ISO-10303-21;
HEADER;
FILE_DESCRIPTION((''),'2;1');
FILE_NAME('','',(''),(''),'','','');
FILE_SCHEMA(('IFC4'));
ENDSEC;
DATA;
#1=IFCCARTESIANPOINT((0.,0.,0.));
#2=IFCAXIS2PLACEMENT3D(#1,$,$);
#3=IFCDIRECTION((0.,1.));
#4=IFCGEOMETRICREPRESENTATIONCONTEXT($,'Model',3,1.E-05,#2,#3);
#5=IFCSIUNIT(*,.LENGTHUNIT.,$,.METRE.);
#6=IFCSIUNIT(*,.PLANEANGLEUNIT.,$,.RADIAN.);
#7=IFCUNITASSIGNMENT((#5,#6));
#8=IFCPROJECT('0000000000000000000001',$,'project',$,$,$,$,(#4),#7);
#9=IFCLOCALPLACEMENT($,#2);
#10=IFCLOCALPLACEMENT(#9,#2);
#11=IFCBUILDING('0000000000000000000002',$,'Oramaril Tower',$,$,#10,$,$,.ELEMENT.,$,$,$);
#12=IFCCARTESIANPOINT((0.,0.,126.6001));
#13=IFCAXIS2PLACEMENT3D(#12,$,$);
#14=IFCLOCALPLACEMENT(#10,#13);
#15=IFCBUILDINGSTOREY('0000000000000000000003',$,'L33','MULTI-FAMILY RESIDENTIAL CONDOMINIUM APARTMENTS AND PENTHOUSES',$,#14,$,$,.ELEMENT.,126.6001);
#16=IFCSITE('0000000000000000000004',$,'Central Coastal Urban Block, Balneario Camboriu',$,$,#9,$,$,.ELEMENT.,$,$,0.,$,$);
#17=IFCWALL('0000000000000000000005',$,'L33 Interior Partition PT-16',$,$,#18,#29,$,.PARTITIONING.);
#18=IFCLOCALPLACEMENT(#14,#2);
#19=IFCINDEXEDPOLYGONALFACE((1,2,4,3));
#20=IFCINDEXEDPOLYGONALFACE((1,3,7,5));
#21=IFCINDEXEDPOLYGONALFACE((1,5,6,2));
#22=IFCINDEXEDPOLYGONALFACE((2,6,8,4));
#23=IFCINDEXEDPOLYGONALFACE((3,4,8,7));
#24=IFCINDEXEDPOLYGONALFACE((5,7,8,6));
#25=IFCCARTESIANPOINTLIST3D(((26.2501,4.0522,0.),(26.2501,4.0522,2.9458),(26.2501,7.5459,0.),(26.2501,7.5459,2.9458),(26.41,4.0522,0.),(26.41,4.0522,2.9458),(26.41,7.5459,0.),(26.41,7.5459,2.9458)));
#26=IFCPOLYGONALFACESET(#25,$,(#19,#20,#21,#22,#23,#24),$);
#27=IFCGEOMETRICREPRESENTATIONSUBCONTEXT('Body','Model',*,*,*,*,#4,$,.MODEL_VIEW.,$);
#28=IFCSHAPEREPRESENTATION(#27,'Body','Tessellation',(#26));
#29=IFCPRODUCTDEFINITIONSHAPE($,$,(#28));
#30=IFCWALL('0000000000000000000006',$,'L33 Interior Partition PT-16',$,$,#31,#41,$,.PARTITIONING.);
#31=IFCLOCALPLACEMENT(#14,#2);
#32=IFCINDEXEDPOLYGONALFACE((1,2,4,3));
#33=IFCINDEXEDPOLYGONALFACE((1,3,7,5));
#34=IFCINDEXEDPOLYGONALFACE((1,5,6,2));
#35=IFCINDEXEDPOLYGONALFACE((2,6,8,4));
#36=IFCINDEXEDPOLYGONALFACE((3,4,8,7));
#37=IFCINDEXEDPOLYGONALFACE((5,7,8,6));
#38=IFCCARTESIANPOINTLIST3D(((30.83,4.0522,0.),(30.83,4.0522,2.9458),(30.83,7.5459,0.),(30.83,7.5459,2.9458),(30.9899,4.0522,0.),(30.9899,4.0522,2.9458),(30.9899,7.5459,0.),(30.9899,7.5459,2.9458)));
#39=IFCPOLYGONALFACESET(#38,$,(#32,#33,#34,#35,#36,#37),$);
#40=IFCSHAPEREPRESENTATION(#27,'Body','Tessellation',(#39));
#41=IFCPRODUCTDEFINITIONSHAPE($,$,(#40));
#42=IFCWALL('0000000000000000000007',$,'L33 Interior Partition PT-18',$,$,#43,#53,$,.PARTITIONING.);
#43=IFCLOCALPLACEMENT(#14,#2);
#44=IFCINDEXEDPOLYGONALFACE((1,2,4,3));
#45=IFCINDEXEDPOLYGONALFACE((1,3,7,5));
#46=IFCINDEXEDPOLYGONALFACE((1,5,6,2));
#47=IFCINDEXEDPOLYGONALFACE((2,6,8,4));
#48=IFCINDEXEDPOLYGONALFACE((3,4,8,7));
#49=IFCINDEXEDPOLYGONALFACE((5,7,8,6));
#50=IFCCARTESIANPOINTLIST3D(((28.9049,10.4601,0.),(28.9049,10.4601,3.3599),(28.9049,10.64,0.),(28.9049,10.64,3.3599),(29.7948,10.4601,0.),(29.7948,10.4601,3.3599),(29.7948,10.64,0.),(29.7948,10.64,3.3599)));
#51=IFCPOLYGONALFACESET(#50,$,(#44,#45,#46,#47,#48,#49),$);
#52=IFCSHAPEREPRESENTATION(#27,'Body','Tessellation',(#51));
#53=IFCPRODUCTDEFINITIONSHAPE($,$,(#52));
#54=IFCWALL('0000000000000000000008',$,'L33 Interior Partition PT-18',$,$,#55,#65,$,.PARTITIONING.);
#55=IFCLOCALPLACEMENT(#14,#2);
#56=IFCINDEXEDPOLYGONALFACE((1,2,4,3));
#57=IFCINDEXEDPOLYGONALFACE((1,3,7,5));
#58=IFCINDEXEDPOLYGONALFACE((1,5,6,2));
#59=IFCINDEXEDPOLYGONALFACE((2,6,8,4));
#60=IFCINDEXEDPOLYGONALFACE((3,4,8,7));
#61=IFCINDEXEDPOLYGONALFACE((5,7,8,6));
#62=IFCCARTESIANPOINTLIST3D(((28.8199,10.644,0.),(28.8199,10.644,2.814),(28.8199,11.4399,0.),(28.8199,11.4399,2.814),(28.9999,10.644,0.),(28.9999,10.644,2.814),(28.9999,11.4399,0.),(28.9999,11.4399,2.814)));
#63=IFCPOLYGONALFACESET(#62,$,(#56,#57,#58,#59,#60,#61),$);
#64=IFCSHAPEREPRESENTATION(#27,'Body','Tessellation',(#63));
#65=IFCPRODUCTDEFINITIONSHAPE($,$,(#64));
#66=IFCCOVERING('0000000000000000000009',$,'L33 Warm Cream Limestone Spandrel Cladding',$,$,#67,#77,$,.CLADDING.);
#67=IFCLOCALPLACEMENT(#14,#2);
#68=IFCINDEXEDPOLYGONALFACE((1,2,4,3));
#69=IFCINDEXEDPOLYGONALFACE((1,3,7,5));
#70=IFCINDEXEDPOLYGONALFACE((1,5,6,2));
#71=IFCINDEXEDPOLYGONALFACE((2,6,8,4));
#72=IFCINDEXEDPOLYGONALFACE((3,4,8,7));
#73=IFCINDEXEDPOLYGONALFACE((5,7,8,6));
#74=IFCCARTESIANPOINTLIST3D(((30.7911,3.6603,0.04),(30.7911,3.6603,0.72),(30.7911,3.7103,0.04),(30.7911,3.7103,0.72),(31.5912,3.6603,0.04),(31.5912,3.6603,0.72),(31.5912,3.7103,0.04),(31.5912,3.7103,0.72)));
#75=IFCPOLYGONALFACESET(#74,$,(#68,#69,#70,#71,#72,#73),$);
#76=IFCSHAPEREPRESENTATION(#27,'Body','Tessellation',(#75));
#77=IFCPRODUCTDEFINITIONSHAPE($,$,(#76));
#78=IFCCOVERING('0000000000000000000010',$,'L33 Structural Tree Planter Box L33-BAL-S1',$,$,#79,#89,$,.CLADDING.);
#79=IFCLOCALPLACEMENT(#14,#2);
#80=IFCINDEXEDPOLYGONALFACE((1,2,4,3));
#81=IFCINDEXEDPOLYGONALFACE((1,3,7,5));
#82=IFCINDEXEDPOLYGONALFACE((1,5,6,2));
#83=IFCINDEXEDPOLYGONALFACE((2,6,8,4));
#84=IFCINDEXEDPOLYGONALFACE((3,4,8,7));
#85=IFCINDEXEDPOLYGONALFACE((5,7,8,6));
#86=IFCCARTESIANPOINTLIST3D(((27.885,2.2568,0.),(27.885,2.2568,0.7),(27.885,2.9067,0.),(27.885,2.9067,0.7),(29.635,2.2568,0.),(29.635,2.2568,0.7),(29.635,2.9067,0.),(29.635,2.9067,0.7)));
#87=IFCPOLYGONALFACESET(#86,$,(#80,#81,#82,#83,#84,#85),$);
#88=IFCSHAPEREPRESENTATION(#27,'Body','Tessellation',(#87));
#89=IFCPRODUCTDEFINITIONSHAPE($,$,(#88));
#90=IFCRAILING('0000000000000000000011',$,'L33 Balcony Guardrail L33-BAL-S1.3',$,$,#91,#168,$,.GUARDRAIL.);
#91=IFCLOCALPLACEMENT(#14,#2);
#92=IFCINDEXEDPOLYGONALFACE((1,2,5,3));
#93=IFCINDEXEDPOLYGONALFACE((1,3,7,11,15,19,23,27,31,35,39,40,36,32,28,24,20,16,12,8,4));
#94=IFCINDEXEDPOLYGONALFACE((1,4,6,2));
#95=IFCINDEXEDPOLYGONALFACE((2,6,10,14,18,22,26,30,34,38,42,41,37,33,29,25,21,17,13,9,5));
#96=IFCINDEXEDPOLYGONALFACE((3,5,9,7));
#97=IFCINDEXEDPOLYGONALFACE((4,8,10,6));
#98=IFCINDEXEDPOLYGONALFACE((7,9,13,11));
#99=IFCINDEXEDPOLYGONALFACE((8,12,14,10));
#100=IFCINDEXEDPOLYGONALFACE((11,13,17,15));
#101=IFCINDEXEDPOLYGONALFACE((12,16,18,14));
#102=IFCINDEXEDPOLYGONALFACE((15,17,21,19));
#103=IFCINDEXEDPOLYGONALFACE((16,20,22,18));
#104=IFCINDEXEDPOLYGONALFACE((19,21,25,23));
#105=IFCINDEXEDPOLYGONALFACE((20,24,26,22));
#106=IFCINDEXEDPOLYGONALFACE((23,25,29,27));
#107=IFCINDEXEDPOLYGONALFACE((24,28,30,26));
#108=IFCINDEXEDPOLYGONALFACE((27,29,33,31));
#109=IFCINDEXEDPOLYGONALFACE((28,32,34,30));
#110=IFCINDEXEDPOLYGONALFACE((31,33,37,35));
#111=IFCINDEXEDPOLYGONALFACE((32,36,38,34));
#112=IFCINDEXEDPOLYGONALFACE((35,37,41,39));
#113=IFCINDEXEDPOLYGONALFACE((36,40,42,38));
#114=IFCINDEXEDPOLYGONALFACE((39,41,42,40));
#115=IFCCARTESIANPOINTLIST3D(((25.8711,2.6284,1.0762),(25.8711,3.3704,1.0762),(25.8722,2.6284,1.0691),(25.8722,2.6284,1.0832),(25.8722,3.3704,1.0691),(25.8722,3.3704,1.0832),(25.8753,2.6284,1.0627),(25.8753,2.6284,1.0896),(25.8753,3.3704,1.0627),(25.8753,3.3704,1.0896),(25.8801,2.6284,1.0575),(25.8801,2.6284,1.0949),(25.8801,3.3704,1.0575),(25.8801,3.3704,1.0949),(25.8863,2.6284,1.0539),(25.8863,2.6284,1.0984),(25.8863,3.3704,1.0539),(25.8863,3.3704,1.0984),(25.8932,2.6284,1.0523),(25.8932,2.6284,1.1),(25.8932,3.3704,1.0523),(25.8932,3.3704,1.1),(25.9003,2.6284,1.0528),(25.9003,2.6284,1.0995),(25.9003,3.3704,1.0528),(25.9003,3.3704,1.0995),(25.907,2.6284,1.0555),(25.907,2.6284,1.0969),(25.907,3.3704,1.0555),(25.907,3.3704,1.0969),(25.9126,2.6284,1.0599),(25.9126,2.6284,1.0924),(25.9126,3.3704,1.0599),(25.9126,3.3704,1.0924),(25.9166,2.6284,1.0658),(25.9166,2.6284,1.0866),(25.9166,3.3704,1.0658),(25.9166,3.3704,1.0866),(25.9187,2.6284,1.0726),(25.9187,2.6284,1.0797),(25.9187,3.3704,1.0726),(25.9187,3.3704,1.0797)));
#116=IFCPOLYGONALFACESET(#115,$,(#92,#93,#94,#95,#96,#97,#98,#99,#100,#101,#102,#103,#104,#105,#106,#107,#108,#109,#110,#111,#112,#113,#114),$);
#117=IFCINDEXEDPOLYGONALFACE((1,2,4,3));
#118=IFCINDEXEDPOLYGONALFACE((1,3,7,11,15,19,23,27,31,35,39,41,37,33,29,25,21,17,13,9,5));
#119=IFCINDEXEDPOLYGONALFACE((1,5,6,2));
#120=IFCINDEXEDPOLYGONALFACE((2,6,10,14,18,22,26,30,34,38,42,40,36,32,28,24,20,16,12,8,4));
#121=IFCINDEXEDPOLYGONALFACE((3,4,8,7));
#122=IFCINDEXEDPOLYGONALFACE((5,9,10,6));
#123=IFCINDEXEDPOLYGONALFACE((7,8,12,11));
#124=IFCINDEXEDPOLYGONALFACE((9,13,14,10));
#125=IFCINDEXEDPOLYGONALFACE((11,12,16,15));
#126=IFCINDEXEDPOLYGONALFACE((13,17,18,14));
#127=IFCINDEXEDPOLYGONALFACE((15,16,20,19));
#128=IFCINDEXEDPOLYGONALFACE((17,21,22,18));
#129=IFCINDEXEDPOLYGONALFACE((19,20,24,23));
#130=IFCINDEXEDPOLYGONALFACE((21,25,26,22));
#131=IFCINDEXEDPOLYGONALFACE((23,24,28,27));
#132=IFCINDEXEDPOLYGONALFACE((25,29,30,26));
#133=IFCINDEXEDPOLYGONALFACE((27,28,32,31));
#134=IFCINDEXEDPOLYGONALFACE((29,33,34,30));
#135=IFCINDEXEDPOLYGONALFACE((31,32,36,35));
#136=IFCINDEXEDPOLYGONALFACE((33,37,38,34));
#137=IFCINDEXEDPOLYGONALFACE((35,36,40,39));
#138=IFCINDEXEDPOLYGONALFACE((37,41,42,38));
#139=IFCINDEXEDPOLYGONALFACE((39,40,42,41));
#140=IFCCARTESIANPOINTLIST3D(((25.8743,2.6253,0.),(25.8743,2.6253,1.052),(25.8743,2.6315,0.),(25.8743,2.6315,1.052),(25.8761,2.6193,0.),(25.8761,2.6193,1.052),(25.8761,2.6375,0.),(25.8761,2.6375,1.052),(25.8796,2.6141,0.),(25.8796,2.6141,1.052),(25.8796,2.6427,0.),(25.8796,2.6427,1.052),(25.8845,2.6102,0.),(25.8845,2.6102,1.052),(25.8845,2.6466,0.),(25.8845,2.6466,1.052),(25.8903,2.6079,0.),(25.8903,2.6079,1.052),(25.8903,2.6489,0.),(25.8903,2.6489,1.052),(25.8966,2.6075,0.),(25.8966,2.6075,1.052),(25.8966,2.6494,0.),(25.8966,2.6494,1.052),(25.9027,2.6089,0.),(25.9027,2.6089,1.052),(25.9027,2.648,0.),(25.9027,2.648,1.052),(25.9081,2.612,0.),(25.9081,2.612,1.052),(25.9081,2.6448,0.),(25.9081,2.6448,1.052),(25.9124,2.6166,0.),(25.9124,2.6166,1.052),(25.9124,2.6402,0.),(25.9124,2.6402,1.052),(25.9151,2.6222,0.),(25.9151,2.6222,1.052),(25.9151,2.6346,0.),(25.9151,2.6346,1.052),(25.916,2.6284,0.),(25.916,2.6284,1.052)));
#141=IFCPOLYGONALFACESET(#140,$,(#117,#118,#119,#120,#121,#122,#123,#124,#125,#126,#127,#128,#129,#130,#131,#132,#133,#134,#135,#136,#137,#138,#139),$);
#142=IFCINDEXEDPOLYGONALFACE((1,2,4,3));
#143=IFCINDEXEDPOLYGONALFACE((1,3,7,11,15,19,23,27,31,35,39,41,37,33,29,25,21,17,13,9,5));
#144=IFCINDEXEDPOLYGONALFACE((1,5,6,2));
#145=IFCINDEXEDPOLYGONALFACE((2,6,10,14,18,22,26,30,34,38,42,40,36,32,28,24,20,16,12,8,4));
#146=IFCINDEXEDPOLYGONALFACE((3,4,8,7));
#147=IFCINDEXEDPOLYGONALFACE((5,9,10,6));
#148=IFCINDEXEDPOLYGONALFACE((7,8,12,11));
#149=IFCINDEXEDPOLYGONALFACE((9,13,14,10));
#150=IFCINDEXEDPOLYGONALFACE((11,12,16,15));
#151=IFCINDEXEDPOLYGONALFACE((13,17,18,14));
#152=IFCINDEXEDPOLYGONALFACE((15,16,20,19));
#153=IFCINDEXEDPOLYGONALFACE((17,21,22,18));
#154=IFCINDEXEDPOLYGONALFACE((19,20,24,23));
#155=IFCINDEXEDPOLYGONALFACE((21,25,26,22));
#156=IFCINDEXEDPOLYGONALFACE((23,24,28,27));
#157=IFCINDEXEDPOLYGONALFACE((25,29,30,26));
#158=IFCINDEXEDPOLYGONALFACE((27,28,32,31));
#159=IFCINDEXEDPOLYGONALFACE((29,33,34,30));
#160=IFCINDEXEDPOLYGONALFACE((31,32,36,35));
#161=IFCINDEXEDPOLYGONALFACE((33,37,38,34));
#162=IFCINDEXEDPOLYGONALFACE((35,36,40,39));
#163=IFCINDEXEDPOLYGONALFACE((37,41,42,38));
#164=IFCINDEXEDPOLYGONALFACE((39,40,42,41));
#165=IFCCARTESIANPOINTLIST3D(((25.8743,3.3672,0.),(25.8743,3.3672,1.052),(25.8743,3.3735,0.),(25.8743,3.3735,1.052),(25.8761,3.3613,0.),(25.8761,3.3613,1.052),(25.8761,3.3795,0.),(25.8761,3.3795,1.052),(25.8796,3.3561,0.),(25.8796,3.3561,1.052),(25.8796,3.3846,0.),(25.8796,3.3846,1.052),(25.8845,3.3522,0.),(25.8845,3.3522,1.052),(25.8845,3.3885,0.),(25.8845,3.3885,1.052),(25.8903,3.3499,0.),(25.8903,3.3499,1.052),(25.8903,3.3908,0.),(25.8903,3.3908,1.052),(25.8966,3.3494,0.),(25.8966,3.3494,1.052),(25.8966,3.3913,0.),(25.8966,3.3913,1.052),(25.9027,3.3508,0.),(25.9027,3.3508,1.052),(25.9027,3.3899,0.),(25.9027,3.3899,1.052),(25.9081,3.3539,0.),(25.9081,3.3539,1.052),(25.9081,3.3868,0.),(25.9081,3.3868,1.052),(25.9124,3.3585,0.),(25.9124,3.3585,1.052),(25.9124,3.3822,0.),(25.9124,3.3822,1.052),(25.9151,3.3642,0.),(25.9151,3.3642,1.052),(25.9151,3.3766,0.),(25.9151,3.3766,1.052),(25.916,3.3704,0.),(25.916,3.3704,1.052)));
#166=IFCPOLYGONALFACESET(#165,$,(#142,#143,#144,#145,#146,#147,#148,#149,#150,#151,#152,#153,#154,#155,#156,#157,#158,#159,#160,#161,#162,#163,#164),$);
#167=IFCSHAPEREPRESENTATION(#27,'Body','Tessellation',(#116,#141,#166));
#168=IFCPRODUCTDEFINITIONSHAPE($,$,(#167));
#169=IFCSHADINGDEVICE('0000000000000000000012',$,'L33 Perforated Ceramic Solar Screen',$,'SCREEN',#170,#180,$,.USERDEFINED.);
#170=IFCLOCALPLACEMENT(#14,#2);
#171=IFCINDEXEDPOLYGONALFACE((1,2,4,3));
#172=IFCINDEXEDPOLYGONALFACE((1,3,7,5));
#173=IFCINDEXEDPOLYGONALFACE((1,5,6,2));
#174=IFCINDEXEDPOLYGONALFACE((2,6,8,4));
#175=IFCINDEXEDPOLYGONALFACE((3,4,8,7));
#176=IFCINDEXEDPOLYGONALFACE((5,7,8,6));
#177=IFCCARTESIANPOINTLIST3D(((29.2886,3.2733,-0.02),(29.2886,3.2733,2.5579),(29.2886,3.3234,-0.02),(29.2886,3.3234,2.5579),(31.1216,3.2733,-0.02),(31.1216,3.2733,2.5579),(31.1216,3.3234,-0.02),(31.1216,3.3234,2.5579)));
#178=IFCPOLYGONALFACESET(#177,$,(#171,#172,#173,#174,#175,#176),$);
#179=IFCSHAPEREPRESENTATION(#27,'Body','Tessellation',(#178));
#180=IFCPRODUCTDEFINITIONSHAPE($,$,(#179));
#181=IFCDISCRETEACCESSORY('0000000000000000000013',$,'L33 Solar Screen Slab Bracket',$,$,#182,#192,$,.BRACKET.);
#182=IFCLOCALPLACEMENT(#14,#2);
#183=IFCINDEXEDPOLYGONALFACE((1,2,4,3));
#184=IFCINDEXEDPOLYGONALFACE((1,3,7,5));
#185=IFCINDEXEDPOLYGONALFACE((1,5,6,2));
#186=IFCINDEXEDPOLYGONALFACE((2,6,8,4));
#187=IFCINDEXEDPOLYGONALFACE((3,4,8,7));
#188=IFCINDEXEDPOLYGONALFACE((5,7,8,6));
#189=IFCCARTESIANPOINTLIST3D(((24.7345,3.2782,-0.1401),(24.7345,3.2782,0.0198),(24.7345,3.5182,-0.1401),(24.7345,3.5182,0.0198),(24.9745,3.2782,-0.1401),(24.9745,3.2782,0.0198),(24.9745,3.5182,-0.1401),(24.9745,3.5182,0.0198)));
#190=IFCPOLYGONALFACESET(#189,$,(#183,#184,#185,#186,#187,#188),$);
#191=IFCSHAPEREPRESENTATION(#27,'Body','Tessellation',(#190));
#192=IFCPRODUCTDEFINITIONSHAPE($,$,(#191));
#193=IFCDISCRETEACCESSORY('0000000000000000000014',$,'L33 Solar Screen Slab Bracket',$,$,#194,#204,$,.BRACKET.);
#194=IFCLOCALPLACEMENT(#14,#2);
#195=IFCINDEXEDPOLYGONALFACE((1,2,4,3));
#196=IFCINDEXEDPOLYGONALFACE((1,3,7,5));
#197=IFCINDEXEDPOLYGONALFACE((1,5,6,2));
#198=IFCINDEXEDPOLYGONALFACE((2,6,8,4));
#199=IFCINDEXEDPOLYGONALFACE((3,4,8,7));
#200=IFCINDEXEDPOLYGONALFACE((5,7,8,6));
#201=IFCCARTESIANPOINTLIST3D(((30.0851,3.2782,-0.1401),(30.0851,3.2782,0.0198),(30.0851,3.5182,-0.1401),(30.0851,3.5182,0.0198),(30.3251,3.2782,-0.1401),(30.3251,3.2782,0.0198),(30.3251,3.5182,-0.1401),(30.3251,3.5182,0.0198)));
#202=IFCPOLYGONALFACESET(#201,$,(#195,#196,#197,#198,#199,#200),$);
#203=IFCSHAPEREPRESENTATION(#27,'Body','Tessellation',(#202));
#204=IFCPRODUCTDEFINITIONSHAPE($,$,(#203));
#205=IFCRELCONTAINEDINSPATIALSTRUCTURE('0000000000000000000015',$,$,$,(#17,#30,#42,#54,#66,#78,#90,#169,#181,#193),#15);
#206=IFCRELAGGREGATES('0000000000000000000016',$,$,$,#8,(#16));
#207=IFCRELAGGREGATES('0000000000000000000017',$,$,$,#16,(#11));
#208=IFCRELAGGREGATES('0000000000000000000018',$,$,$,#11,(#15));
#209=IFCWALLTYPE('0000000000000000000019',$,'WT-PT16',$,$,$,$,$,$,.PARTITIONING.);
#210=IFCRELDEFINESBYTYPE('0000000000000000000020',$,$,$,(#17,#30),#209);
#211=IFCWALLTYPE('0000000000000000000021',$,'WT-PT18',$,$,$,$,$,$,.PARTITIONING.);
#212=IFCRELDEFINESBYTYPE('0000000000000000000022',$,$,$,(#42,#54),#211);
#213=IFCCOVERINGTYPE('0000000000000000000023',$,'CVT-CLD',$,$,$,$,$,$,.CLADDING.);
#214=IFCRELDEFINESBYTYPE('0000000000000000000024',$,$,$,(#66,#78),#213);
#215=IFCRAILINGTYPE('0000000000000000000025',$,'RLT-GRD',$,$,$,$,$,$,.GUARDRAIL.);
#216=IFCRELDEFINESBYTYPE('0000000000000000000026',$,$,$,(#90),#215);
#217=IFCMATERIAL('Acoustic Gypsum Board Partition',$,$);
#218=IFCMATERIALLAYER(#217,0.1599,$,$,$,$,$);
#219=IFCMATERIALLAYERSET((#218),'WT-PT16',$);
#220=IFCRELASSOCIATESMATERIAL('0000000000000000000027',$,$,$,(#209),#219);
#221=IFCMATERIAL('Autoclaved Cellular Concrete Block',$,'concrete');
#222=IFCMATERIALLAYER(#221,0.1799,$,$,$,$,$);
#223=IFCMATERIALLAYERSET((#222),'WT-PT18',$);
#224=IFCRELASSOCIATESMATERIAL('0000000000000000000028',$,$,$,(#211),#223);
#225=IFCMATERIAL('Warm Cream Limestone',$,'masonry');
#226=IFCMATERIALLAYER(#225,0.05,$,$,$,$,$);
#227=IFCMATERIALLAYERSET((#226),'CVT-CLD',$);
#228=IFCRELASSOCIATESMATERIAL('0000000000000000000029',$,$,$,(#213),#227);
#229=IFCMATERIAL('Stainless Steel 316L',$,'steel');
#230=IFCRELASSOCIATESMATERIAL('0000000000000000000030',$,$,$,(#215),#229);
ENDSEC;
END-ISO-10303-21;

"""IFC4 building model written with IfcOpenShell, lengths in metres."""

from ifc_helpers import new_model, si_unit, direction, frame, frame_2d, origin, origin_2d, place, context, subcontext, project, spatial, rectangle, circle, extrude, material, layer, layer_set, type_object, element, save


model = new_model("IFC4")

# Units and contexts
model_context = context("Model", 3, precision=1e-05, world=origin(), true_north=direction((0.0, 1.0)))
body_context = subcontext(model_context, "Body", "Model", "MODEL_VIEW")
ifc_project = project(units=[si_unit("LENGTHUNIT", "METRE"), si_unit("PLANEANGLEUNIT", "RADIAN")], contexts=[model_context])

# Site, building, storey
site_placement = place(None, origin())
site = spatial("IfcSite", under=ifc_project, at=site_placement, Name="Central Coastal Urban Block, Balneario Camboriu", CompositionType="ELEMENT", RefElevation=0.0)
building_placement = place(site_placement, origin())
building = spatial("IfcBuilding", under=site, at=building_placement, Name="Oramaril Tower", CompositionType="ELEMENT")
storey_placement = place(building_placement, frame((0.0, 0.0, 126.6001)))
storey = spatial("IfcBuildingStorey", under=building, at=storey_placement, Name="L33", Description="MULTI-FAMILY RESIDENTIAL CONDOMINIUM APARTMENTS AND PENTHOUSES", CompositionType="ELEMENT", Elevation=126.6001)

# Walls
ifc_material_1 = material(Name="Acoustic Gypsum Board Partition")
ifc_layer_1 = layer(ifc_material_1, 0.1599)
ifc_layer_set_1 = layer_set([ifc_layer_1], Name="WT-PT16")
wall_type_1 = type_object("IfcWallType", Name="WT-PT16", PredefinedType="PARTITIONING", material=ifc_layer_set_1)
for number, where, z_axis, x_axis, name in (
    (1, (26.3301, 4.0522, 0.0), (0.0, 0.0, 1.0), (0.0, 1.0, 0.0), "L33 Interior Partition PT-16"),
    (2, (30.9099, 4.0522, 0.0), (0.0, 0.0, 1.0), (0.0, 1.0, 0.0), "L33 Interior Partition PT-16"),
):
    element("IfcWall", number, at=place(storey_placement, frame(where, z_axis=z_axis, x_axis=x_axis)), inside=storey, type_object=wall_type_1, Name=name, PredefinedType="PARTITIONING", context=body_context, shape_type="SweptSolid", body=[
        extrude(rectangle(XDim=3.4937, YDim=0.1599, at=frame_2d((1.7468, 0.0))), origin(), (0.0, 0.0, 1.0), 2.9458),
    ])
ifc_material_2 = material(Name="Autoclaved Cellular Concrete Block", Category="concrete")
ifc_layer_2 = layer(ifc_material_2, 0.1799)
ifc_layer_set_2 = layer_set([ifc_layer_2], Name="WT-PT18")
wall_type_2 = type_object("IfcWallType", Name="WT-PT18", PredefinedType="PARTITIONING", material=ifc_layer_set_2)
wall_1_placement = place(storey_placement, frame((28.905, 10.55, 0.0), z_axis=(0.0, 0.0, 1.0), x_axis=(1.0, 0.0, 0.0)))
element("IfcWall", 3, at=wall_1_placement, inside=storey, type_object=wall_type_2, Name="L33 Interior Partition PT-18", PredefinedType="PARTITIONING", context=body_context, shape_type="SweptSolid", body=[
    extrude(rectangle(XDim=0.8899, YDim=0.1799, at=frame_2d((0.4448, 0.0))), origin(), (0.0, 0.0, 1.0), 3.3599),
])
wall_2_placement = place(storey_placement, frame((28.9099, 10.644, 0.0), z_axis=(0.0, 0.0, 1.0), x_axis=(0.0, 1.0, 0.0)))
element("IfcWall", 4, at=wall_2_placement, inside=storey, type_object=wall_type_2, Name="L33 Interior Partition PT-18", PredefinedType="PARTITIONING", context=body_context, shape_type="SweptSolid", body=[
    extrude(rectangle(XDim=0.7959, YDim=0.1799, at=frame_2d((0.3979, 0.0))), origin(), (0.0, 0.0, 1.0), 2.814),
])

# Coverings
ifc_material_3 = material(Name="Warm Cream Limestone", Category="masonry")
ifc_layer_3 = layer(ifc_material_3, 0.05)
ifc_layer_set_3 = layer_set([ifc_layer_3], Name="CVT-CLD")
covering_type = type_object("IfcCoveringType", Name="CVT-CLD", PredefinedType="CLADDING", material=ifc_layer_set_3)
covering_1_placement = place(storey_placement, frame((31.1912, 3.6853, 0.04), z_axis=(0.0, 0.0, 1.0), x_axis=(1.0, 0.0, 0.0)))
element("IfcCovering", 5, at=covering_1_placement, inside=storey, type_object=covering_type, Name="L33 Warm Cream Limestone Spandrel Cladding", PredefinedType="CLADDING", context=body_context, shape_type="SweptSolid", body=[
    extrude(rectangle(XDim=0.8, YDim=0.05, at=origin_2d()), origin(), (0.0, 0.0, 1.0), 0.6799),
])
covering_2_placement = place(storey_placement, frame((28.76, 2.5818, 0.0), z_axis=(0.0, 0.0, 1.0), x_axis=(1.0, 0.0, 0.0)))
element("IfcCovering", 6, at=covering_2_placement, inside=storey, type_object=covering_type, Name="L33 Structural Tree Planter Box L33-BAL-S1", PredefinedType="CLADDING", context=body_context, shape_type="SweptSolid", body=[
    extrude(rectangle(XDim=1.75, YDim=0.6499, at=origin_2d()), origin(), (0.0, 0.0, 1.0), 0.7),
])

# Railing
ifc_material_4 = material(Name="Stainless Steel 316L", Category="steel")
railing_type = type_object("IfcRailingType", Name="RLT-GRD", PredefinedType="GUARDRAIL", material=ifc_material_4)
railing_placement = place(storey_placement, frame((25.895, 2.6284, 0.0)))
element("IfcRailing", 7, at=railing_placement, inside=storey, type_object=railing_type, Name="L33 Balcony Guardrail L33-BAL-S1.3", PredefinedType="GUARDRAIL", context=body_context, shape_type="SweptSolid", body=[
    extrude(circle(Radius=0.0239, at=origin_2d()), frame((0.0, 0.0, 1.0762), z_axis=(0.0, 1.0, 0.0), x_axis=(-1.0, 0.0, 0.0)), (0.0, 0.0, 1.0), 0.7419),
    extrude(circle(Radius=0.021, at=origin_2d()), origin(), (0.0, 0.0, 1.0), 1.052),
    extrude(circle(Radius=0.021, at=origin_2d()), frame((0.0, 0.7419, 0.0)), (0.0, 0.0, 1.0), 1.052),
])

# Shading device
shading_device_placement = place(storey_placement, frame((30.2051, 3.2983, -0.02), z_axis=(0.0, 0.0, 1.0), x_axis=(1.0, 0.0, 0.0)))
element("IfcShadingDevice", 8, at=shading_device_placement, inside=storey, Name="L33 Perforated Ceramic Solar Screen", ObjectType="SCREEN", PredefinedType="USERDEFINED", context=body_context, shape_type="SweptSolid", body=[
    extrude(rectangle(XDim=1.833, YDim=0.05, at=origin_2d()), origin(), (0.0, 0.0, 1.0), 2.5779),
])

# Discrete accessories
for number, where, z_axis, x_axis, name in (
    (9, (24.8545, 3.3982, -0.1401), (0.0, 0.0, 1.0), (1.0, 0.0, 0.0), "L33 Solar Screen Slab Bracket"),
    (10, (30.2051, 3.3982, -0.1401), (0.0, 0.0, 1.0), (1.0, 0.0, 0.0), "L33 Solar Screen Slab Bracket"),
):
    element("IfcDiscreteAccessory", number, at=place(storey_placement, frame(where, z_axis=z_axis, x_axis=x_axis)), inside=storey, Name=name, PredefinedType="BRACKET", context=body_context, shape_type="SweptSolid", body=[
        extrude(rectangle(XDim=0.24, YDim=0.24, at=origin_2d()), origin(), (0.0, 0.0, 1.0), 0.1599),
    ])

save(model, "model.ifc")
